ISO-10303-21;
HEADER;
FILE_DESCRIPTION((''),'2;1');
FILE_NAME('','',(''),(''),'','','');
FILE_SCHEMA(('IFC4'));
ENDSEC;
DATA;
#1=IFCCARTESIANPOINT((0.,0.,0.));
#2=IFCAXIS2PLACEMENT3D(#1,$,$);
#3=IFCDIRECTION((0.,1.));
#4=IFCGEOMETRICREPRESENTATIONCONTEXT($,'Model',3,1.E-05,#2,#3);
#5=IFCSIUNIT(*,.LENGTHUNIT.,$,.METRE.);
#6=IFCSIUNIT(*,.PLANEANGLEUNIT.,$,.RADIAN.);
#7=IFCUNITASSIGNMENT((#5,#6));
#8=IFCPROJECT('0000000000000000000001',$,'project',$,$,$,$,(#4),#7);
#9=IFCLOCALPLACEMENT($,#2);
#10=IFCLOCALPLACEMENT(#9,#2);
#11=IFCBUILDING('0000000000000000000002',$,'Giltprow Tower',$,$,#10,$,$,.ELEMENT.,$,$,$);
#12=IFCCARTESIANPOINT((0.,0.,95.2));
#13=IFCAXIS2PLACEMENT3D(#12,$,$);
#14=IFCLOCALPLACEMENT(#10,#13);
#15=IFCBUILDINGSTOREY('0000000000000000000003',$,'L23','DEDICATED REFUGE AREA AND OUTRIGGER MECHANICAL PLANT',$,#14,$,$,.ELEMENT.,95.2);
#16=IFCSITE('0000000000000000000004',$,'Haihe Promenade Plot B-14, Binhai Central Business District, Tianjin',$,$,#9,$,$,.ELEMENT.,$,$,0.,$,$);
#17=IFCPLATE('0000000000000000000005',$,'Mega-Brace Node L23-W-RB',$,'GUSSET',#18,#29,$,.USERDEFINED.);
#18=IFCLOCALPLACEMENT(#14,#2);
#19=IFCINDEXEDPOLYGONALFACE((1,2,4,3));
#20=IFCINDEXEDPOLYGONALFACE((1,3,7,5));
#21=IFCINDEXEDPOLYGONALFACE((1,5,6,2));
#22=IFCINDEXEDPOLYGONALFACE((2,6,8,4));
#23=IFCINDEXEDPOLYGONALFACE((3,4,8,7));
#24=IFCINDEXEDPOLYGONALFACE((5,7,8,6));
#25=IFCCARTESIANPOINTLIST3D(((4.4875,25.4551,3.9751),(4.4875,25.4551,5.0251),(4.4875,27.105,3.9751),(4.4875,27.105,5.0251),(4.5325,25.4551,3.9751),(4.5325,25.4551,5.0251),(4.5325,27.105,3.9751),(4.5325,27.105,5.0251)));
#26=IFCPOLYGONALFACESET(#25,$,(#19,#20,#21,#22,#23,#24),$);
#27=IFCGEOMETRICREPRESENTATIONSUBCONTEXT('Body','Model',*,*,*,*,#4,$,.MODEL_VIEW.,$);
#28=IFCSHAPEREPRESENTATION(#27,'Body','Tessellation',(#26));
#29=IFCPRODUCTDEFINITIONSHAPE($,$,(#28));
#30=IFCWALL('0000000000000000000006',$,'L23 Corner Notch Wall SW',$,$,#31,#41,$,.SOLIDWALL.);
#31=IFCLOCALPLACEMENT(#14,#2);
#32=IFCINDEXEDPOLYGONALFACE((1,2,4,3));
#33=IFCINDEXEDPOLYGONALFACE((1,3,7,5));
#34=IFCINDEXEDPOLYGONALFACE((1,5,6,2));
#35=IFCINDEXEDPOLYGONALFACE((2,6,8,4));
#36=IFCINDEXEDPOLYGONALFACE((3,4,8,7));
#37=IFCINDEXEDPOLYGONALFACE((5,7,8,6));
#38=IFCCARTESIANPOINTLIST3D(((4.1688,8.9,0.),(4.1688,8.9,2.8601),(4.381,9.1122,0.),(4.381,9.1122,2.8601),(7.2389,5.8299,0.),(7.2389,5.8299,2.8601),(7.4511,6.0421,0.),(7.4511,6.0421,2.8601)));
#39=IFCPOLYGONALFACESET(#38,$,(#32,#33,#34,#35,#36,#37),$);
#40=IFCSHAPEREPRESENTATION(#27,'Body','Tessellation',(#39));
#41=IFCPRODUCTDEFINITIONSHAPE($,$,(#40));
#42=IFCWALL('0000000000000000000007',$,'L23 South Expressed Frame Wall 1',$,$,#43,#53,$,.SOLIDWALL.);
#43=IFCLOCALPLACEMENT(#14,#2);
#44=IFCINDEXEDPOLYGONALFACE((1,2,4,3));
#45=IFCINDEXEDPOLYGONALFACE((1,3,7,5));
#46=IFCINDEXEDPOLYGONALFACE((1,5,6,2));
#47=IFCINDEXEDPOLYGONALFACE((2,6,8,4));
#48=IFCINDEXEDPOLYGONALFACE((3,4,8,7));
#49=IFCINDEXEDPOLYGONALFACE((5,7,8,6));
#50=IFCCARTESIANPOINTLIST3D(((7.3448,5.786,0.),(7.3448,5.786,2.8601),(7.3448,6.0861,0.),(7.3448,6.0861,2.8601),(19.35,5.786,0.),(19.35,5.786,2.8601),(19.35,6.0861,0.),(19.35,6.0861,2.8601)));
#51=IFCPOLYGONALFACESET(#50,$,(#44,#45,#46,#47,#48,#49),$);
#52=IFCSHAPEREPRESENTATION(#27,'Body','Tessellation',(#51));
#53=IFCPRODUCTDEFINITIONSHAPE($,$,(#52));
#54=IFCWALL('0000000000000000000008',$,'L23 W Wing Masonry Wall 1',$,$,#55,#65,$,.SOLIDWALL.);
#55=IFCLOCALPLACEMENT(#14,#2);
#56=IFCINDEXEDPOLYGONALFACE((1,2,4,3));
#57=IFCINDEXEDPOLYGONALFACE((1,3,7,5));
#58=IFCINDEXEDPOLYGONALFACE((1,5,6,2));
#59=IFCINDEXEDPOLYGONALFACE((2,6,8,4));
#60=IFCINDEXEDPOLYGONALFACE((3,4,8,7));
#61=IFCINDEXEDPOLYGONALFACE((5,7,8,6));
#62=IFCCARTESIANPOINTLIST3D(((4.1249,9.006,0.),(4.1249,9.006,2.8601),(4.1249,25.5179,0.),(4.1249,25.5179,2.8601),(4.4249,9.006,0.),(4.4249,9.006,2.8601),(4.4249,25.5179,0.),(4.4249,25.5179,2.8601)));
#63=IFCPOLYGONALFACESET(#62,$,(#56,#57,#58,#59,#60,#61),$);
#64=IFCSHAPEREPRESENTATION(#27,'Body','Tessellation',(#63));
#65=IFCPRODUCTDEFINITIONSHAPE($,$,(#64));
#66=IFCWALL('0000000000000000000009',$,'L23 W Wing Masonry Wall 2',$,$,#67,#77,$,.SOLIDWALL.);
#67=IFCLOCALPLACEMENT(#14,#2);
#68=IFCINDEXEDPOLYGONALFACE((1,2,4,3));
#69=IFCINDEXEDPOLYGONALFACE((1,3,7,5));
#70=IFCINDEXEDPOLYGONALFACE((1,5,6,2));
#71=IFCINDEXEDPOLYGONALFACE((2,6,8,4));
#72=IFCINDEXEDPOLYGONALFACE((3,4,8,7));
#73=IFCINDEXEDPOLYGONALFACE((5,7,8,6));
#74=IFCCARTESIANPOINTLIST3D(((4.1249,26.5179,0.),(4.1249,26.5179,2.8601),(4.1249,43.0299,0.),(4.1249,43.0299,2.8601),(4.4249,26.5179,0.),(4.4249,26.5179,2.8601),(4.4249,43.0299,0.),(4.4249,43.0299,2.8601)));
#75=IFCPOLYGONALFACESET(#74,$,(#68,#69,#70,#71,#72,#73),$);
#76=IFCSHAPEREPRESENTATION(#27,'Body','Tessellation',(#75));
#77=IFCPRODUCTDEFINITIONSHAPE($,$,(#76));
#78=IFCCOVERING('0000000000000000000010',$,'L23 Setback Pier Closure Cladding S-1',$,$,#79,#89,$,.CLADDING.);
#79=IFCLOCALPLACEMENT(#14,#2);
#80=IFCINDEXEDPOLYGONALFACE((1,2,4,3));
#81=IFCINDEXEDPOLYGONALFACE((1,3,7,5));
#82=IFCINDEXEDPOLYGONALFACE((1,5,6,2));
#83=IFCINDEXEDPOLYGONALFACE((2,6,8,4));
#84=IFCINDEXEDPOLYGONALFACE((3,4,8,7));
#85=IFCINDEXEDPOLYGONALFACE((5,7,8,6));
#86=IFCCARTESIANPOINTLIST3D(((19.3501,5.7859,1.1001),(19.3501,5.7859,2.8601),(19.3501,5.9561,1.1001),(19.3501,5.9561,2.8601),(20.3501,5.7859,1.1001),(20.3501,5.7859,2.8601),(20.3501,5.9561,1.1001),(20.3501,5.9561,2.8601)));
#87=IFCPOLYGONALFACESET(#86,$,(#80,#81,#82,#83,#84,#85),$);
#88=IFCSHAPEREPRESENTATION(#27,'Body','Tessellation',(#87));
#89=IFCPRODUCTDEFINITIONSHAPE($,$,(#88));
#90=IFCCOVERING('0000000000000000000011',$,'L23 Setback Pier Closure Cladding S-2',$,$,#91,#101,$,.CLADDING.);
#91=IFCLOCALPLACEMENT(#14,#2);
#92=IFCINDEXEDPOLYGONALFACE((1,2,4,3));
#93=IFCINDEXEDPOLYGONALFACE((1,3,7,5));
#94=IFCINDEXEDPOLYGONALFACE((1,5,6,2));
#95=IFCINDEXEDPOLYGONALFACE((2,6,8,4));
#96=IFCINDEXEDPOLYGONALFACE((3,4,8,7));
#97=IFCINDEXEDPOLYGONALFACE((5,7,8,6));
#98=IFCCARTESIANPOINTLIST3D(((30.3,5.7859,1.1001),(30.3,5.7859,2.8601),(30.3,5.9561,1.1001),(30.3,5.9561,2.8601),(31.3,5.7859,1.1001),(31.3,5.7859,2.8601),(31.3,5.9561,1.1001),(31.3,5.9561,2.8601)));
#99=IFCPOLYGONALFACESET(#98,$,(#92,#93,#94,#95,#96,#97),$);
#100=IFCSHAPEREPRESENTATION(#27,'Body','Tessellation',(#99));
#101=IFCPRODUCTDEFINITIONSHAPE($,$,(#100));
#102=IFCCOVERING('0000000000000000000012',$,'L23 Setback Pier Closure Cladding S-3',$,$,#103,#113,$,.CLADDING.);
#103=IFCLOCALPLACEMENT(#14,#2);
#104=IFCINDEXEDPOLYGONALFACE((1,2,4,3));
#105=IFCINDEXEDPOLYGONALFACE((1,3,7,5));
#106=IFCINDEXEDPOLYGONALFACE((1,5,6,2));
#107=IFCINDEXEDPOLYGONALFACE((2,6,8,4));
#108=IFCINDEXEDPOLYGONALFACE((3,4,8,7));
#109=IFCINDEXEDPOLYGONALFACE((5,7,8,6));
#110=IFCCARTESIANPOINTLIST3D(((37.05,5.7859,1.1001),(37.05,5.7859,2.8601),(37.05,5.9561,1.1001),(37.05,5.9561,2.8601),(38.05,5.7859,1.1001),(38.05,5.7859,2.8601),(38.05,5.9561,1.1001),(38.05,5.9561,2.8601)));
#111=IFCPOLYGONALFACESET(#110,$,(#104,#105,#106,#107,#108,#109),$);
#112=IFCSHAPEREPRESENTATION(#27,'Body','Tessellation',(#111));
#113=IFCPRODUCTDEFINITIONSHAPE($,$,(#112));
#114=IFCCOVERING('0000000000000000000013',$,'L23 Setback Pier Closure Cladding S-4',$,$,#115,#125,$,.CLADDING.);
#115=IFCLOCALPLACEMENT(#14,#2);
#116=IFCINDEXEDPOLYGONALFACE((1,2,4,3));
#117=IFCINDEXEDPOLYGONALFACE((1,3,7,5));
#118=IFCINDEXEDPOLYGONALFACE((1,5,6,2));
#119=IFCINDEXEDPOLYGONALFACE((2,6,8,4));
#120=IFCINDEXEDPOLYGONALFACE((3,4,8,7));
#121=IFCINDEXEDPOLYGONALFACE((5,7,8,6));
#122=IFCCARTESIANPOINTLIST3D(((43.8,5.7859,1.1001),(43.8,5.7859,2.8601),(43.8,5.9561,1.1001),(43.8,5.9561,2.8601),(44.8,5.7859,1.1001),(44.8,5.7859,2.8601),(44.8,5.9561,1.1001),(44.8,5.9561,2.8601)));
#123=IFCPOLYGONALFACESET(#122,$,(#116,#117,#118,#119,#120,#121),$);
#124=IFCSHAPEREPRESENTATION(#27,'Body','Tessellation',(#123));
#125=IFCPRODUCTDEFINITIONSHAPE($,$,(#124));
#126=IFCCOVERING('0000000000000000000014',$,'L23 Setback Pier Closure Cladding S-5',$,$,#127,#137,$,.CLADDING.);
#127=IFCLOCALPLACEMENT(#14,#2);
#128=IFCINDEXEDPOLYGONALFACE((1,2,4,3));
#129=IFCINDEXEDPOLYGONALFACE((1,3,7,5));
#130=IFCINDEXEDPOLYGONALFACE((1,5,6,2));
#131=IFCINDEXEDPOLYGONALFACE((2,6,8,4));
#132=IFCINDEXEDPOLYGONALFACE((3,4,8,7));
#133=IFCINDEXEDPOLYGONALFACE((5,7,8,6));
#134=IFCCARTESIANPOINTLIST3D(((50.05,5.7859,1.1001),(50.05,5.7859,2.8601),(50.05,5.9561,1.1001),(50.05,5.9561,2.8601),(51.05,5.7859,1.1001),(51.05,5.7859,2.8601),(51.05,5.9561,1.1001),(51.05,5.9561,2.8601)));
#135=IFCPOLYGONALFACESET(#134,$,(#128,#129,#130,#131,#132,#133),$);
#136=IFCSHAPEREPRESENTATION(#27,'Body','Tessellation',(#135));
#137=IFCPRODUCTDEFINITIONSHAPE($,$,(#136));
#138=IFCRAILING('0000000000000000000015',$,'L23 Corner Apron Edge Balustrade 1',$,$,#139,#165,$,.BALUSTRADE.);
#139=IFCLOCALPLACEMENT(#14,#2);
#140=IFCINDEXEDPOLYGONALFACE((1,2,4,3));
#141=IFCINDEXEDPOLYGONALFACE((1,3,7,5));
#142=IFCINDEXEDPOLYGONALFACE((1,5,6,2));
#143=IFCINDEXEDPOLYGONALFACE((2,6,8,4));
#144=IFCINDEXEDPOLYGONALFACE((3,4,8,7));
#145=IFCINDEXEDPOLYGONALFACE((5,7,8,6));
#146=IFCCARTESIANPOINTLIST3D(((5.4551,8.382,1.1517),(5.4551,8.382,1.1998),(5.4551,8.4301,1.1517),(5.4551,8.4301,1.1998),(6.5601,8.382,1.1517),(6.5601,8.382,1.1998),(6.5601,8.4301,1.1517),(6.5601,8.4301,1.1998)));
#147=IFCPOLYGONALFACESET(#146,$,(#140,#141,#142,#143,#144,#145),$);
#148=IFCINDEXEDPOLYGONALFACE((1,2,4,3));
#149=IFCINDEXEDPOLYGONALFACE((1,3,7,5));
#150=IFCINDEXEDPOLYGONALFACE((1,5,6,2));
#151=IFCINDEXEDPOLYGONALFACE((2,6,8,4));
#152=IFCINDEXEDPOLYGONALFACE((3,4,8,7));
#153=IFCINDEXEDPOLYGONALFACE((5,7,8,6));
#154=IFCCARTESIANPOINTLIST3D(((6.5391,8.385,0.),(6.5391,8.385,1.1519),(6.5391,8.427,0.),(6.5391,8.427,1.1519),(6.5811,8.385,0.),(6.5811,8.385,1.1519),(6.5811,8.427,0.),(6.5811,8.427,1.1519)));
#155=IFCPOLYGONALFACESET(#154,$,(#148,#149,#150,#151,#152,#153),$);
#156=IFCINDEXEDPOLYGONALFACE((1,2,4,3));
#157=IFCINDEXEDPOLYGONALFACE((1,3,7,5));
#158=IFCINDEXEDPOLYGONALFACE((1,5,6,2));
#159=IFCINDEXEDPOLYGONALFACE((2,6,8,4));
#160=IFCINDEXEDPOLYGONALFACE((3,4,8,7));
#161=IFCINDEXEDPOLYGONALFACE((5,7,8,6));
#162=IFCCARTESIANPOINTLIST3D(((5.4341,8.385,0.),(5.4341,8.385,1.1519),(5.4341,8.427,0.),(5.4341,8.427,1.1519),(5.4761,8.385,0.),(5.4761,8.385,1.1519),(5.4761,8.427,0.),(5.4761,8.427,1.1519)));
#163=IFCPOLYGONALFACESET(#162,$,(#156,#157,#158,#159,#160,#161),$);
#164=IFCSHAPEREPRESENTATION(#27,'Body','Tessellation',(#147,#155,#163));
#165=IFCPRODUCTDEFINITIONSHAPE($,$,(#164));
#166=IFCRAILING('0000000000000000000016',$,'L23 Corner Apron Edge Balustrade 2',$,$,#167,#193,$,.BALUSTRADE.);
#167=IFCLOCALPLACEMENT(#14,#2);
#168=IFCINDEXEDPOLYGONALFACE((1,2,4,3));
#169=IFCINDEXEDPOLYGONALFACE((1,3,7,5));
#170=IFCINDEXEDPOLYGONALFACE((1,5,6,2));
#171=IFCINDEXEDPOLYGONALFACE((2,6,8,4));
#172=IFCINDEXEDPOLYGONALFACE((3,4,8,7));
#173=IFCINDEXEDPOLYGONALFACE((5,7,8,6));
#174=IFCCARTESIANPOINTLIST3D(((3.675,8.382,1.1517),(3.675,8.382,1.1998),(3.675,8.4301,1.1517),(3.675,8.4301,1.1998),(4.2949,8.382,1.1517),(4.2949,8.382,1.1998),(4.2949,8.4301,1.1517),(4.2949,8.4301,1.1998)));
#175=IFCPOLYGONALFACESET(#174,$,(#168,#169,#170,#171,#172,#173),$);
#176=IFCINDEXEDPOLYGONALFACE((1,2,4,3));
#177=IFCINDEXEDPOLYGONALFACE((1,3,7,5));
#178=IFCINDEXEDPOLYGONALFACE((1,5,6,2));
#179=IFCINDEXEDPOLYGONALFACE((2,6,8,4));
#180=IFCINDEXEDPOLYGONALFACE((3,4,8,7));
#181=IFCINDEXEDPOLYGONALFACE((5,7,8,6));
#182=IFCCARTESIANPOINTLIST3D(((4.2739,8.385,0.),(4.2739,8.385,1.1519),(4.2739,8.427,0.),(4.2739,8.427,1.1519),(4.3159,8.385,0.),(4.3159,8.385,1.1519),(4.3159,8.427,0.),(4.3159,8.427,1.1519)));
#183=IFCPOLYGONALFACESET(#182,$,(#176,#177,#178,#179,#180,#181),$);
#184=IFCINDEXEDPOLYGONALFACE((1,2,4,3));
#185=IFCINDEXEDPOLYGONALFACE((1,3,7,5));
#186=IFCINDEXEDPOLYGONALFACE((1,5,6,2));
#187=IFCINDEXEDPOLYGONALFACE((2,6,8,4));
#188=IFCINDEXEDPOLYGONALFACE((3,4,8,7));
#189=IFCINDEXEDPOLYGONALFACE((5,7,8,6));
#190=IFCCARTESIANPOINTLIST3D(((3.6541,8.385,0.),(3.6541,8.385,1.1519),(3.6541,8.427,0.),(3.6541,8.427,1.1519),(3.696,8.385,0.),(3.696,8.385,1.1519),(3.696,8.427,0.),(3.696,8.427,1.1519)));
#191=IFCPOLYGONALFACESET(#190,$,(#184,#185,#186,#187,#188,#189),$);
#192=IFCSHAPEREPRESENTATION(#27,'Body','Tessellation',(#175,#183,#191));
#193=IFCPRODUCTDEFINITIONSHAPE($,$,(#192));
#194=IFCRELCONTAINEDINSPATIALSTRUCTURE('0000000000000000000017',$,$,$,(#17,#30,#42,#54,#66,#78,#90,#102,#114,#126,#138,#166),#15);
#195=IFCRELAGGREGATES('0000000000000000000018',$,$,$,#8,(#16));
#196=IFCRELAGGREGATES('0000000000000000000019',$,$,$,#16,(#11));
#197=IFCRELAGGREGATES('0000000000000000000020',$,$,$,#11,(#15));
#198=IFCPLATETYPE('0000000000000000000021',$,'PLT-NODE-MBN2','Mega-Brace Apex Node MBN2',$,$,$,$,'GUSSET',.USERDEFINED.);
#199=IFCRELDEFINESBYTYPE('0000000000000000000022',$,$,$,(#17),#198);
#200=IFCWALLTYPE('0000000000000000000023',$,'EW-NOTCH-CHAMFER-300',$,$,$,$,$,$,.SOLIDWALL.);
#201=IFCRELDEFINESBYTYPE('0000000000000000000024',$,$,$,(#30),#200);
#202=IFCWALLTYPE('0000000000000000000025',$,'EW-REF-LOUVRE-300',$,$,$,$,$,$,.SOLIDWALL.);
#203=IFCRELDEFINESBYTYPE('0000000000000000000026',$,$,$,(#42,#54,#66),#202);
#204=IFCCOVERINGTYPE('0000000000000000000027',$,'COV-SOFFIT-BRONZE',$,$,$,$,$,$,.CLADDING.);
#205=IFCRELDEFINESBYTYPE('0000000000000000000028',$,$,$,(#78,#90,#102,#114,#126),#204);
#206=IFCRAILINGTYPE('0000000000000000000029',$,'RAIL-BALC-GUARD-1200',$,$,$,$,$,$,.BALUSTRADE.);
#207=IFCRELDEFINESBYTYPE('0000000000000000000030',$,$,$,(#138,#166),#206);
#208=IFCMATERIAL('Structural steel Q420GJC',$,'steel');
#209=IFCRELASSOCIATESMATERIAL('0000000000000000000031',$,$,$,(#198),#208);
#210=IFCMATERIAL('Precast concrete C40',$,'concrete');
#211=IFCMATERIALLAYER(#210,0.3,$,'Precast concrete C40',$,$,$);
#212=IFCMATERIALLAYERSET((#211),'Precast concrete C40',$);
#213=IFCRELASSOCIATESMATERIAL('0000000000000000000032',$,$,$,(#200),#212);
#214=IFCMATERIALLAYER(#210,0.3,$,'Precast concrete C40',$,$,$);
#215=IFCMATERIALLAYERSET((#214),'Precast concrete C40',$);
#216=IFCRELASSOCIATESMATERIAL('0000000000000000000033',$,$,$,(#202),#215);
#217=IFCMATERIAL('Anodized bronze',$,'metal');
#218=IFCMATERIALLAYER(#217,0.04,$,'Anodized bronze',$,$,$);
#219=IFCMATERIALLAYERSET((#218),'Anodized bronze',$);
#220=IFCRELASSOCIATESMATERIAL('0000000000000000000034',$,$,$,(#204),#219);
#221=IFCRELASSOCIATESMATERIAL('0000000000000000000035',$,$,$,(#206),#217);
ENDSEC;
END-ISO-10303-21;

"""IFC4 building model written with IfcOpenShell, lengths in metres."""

from ifc_helpers import new_model, si_unit, direction, frame, frame_2d, origin, origin_2d, place, context, subcontext, project, spatial, polyline, rectangle, outline, extrude, source, transform, mapped, material, layer, layer_set, type_object, element, save


model = new_model("IFC4")

# Units and contexts
model_context = context("Model", 3, precision=1e-05, world=origin(), true_north=direction((0.0, 1.0)))
body_context = subcontext(model_context, "Body", "Model", "MODEL_VIEW")
ifc_project = project(units=[si_unit("LENGTHUNIT", "METRE"), si_unit("PLANEANGLEUNIT", "RADIAN")], contexts=[model_context])

# Site, building, storey
site_placement = place(None, origin())
site = spatial("IfcSite", under=ifc_project, at=site_placement, Name="Haihe Promenade Plot B-14, Binhai Central Business District, Tianjin", CompositionType="ELEMENT", RefElevation=0.0)
building_placement = place(site_placement, origin())
building = spatial("IfcBuilding", under=site, at=building_placement, Name="Giltprow Tower", CompositionType="ELEMENT")
storey_placement = place(building_placement, frame((0.0, 0.0, 95.2)))
storey = spatial("IfcBuildingStorey", under=building, at=storey_placement, Name="L23", Description="DEDICATED REFUGE AREA AND OUTRIGGER MECHANICAL PLANT", CompositionType="ELEMENT", Elevation=95.2)

# Shared definitions
ifc_material_1 = material(Name="Structural steel Q420GJC", Category="steel")

# Plate
plate_type_1 = type_object("IfcPlateType", Name="PLT-NODE-MBN2", Description="Mega-Brace Apex Node MBN2", ElementType="GUSSET", PredefinedType="USERDEFINED", material=ifc_material_1)
shared_shape_1 = source(origin(), body_context, "Body", "SweptSolid", [
    extrude(rectangle(XDim=1.6499, YDim=0.0449, at=origin_2d()), origin(), (0.0, 0.0, 1.0), 1.05),
])
plate_placement = place(storey_placement, frame((4.51, 26.28, 3.9751), z_axis=(0.0, 0.0, 1.0), x_axis=(0.0, 1.0, 0.0)))
element("IfcPlate", 1, at=plate_placement, inside=storey, type_object=plate_type_1, Name="Mega-Brace Node L23-W-RB", ObjectType="GUSSET", PredefinedType="USERDEFINED", context=body_context, shape_type="MappedRepresentation", body=[
    mapped(shared_shape_1, transform((0.0, 0.0, 0.0), x_axis=(1.0, 0.0, 0.0), y_axis=(0.0, 1.0, 0.0), z_axis=(0.0, 0.0, 1.0), scale=1.0)),
])

# Walls
ifc_material_2 = material(Name="Precast concrete C40", Category="concrete")
ifc_layer_1 = layer(ifc_material_2, 0.3, Name="Precast concrete C40")
ifc_layer_set_1 = layer_set([ifc_layer_1], Name="Precast concrete C40")
wall_type_1 = type_object("IfcWallType", Name="EW-NOTCH-CHAMFER-300", PredefinedType="SOLIDWALL", material=ifc_layer_set_1)
wall_1_placement = place(storey_placement, frame((4.2749, 9.0061, 0.0), z_axis=(0.0, 0.0, 1.0), x_axis=(0.707107, -0.707107, 0.0)))
element("IfcWall", 2, at=wall_1_placement, inside=storey, type_object=wall_type_1, Name="L23 Corner Notch Wall SW", PredefinedType="SOLIDWALL", context=body_context, shape_type="SweptSolid", body=[
    extrude(rectangle(XDim=4.3418, YDim=0.3, at=frame_2d((2.1709, 0.0))), origin(), (0.0, 0.0, 1.0), 2.8601),
])
ifc_layer_2 = layer(ifc_material_2, 0.3, Name="Precast concrete C40")
ifc_layer_set_2 = layer_set([ifc_layer_2], Name="Precast concrete C40")
wall_type_2 = type_object("IfcWallType", Name="EW-REF-LOUVRE-300", PredefinedType="SOLIDWALL", material=ifc_layer_set_2)
wall_2_placement = place(storey_placement, frame((7.345, 5.936, 0.0), z_axis=(0.0, 0.0, 1.0), x_axis=(1.0, 0.0, 0.0)))
element("IfcWall", 3, at=wall_2_placement, inside=storey, type_object=wall_type_2, Name="L23 South Expressed Frame Wall 1", PredefinedType="SOLIDWALL", context=body_context, shape_type="SweptSolid", body=[
    extrude(rectangle(XDim=12.0051, YDim=0.3, at=frame_2d((6.0024, 0.0))), origin(), (0.0, 0.0, 1.0), 2.8601),
])
for number, where, z_axis, x_axis, name in (
    (4, (4.2749, 9.0061, 0.0), (0.0, 0.0, 1.0), (0.0, 1.0, 0.0), "L23 W Wing Masonry Wall 1"),
    (5, (4.2749, 26.5181, 0.0), (0.0, 0.0, 1.0), (0.0, 1.0, 0.0), "L23 W Wing Masonry Wall 2"),
):
    element("IfcWall", number, at=place(storey_placement, frame(where, z_axis=z_axis, x_axis=x_axis)), inside=storey, type_object=wall_type_2, Name=name, PredefinedType="SOLIDWALL", context=body_context, shape_type="SweptSolid", body=[
        extrude(rectangle(XDim=16.512, YDim=0.3, at=frame_2d((8.2559, 0.0))), origin(), (0.0, 0.0, 1.0), 2.8601),
    ])

# Coverings
ifc_material_3 = material(Name="Anodized bronze", Category="metal")
ifc_layer_3 = layer(ifc_material_3, 0.04, Name="Anodized bronze")
ifc_layer_set_3 = layer_set([ifc_layer_3], Name="Anodized bronze")
covering_type = type_object("IfcCoveringType", Name="COV-SOFFIT-BRONZE", PredefinedType="CLADDING", material=ifc_layer_set_3)
covering_1_placement = place(storey_placement, frame((0.0, 0.0, 1.1001)))
element("IfcCovering", 6, at=covering_1_placement, inside=storey, type_object=covering_type, Name="L23 Setback Pier Closure Cladding S-1", PredefinedType="CLADDING", context=body_context, shape_type="SweptSolid", body=[
    extrude(outline(polyline([(19.3501, 5.7859), (20.3501, 5.7859), (20.3501, 5.9561), (19.3501, 5.9561), (19.3501, 5.7859)])), origin(), (0.0, 0.0, 1.0), 1.76),
])
covering_2_placement = place(storey_placement, frame((0.0, 0.0, 1.1001)))
element("IfcCovering", 7, at=covering_2_placement, inside=storey, type_object=covering_type, Name="L23 Setback Pier Closure Cladding S-2", PredefinedType="CLADDING", context=body_context, shape_type="SweptSolid", body=[
    extrude(outline(polyline([(30.3, 5.7859), (31.3, 5.7859), (31.3, 5.9561), (30.3, 5.9561), (30.3, 5.7859)])), origin(), (0.0, 0.0, 1.0), 1.76),
])
covering_3_placement = place(storey_placement, frame((0.0, 0.0, 1.1001)))
element("IfcCovering", 8, at=covering_3_placement, inside=storey, type_object=covering_type, Name="L23 Setback Pier Closure Cladding S-3", PredefinedType="CLADDING", context=body_context, shape_type="SweptSolid", body=[
    extrude(outline(polyline([(37.05, 5.7859), (38.05, 5.7859), (38.05, 5.9561), (37.05, 5.9561), (37.05, 5.7859)])), origin(), (0.0, 0.0, 1.0), 1.76),
])
covering_4_placement = place(storey_placement, frame((0.0, 0.0, 1.1001)))
element("IfcCovering", 9, at=covering_4_placement, inside=storey, type_object=covering_type, Name="L23 Setback Pier Closure Cladding S-4", PredefinedType="CLADDING", context=body_context, shape_type="SweptSolid", body=[
    extrude(outline(polyline([(43.8, 5.7859), (44.8, 5.7859), (44.8, 5.9561), (43.8, 5.9561), (43.8, 5.7859)])), origin(), (0.0, 0.0, 1.0), 1.76),
])
covering_5_placement = place(storey_placement, frame((0.0, 0.0, 1.1001)))
element("IfcCovering", 10, at=covering_5_placement, inside=storey, type_object=covering_type, Name="L23 Setback Pier Closure Cladding S-5", PredefinedType="CLADDING", context=body_context, shape_type="SweptSolid", body=[
    extrude(outline(polyline([(50.05, 5.7859), (51.05, 5.7859), (51.05, 5.9561), (50.05, 5.9561), (50.05, 5.7859)])), origin(), (0.0, 0.0, 1.0), 1.76),
])

# Railings
railing_type = type_object("IfcRailingType", Name="RAIL-BALC-GUARD-1200", PredefinedType="BALUSTRADE", material=ifc_material_3)
railing_1_placement = place(storey_placement, frame((6.5601, 8.406, 0.0)))
element("IfcRailing", 11, at=railing_1_placement, inside=storey, type_object=railing_type, Name="L23 Corner Apron Edge Balustrade 1", PredefinedType="BALUSTRADE", context=body_context, shape_type="SweptSolid", body=[
    extrude(rectangle(XDim=0.0481, YDim=0.0481, at=origin_2d()), frame((0.0, 0.0, 1.1758), z_axis=(-1.0, 0.0, 0.0), x_axis=(0.0, -1.0, 0.0)), (0.0, 0.0, 1.0), 1.105),
    extrude(rectangle(XDim=0.042, YDim=0.042, at=origin_2d()), origin(), (0.0, 0.0, 1.0), 1.1519),
    extrude(rectangle(XDim=0.042, YDim=0.042, at=origin_2d()), frame((-1.105, 0.0, 0.0)), (0.0, 0.0, 1.0), 1.1519),
])
railing_2_placement = place(storey_placement, frame((4.2949, 8.406, 0.0)))
element("IfcRailing", 12, at=railing_2_placement, inside=storey, type_object=railing_type, Name="L23 Corner Apron Edge Balustrade 2", PredefinedType="BALUSTRADE", context=body_context, shape_type="SweptSolid", body=[
    extrude(rectangle(XDim=0.0481, YDim=0.0481, at=origin_2d()), frame((0.0, 0.0, 1.1758), z_axis=(-1.0, 0.0, 0.0), x_axis=(0.0, -1.0, 0.0)), (0.0, 0.0, 1.0), 0.6199),
    extrude(rectangle(XDim=0.042, YDim=0.042, at=origin_2d()), origin(), (0.0, 0.0, 1.0), 1.1519),
    extrude(rectangle(XDim=0.042, YDim=0.042, at=origin_2d()), frame((-0.6199, 0.0, 0.0)), (0.0, 0.0, 1.0), 1.1519),
])

save(model, "model.ifc")
